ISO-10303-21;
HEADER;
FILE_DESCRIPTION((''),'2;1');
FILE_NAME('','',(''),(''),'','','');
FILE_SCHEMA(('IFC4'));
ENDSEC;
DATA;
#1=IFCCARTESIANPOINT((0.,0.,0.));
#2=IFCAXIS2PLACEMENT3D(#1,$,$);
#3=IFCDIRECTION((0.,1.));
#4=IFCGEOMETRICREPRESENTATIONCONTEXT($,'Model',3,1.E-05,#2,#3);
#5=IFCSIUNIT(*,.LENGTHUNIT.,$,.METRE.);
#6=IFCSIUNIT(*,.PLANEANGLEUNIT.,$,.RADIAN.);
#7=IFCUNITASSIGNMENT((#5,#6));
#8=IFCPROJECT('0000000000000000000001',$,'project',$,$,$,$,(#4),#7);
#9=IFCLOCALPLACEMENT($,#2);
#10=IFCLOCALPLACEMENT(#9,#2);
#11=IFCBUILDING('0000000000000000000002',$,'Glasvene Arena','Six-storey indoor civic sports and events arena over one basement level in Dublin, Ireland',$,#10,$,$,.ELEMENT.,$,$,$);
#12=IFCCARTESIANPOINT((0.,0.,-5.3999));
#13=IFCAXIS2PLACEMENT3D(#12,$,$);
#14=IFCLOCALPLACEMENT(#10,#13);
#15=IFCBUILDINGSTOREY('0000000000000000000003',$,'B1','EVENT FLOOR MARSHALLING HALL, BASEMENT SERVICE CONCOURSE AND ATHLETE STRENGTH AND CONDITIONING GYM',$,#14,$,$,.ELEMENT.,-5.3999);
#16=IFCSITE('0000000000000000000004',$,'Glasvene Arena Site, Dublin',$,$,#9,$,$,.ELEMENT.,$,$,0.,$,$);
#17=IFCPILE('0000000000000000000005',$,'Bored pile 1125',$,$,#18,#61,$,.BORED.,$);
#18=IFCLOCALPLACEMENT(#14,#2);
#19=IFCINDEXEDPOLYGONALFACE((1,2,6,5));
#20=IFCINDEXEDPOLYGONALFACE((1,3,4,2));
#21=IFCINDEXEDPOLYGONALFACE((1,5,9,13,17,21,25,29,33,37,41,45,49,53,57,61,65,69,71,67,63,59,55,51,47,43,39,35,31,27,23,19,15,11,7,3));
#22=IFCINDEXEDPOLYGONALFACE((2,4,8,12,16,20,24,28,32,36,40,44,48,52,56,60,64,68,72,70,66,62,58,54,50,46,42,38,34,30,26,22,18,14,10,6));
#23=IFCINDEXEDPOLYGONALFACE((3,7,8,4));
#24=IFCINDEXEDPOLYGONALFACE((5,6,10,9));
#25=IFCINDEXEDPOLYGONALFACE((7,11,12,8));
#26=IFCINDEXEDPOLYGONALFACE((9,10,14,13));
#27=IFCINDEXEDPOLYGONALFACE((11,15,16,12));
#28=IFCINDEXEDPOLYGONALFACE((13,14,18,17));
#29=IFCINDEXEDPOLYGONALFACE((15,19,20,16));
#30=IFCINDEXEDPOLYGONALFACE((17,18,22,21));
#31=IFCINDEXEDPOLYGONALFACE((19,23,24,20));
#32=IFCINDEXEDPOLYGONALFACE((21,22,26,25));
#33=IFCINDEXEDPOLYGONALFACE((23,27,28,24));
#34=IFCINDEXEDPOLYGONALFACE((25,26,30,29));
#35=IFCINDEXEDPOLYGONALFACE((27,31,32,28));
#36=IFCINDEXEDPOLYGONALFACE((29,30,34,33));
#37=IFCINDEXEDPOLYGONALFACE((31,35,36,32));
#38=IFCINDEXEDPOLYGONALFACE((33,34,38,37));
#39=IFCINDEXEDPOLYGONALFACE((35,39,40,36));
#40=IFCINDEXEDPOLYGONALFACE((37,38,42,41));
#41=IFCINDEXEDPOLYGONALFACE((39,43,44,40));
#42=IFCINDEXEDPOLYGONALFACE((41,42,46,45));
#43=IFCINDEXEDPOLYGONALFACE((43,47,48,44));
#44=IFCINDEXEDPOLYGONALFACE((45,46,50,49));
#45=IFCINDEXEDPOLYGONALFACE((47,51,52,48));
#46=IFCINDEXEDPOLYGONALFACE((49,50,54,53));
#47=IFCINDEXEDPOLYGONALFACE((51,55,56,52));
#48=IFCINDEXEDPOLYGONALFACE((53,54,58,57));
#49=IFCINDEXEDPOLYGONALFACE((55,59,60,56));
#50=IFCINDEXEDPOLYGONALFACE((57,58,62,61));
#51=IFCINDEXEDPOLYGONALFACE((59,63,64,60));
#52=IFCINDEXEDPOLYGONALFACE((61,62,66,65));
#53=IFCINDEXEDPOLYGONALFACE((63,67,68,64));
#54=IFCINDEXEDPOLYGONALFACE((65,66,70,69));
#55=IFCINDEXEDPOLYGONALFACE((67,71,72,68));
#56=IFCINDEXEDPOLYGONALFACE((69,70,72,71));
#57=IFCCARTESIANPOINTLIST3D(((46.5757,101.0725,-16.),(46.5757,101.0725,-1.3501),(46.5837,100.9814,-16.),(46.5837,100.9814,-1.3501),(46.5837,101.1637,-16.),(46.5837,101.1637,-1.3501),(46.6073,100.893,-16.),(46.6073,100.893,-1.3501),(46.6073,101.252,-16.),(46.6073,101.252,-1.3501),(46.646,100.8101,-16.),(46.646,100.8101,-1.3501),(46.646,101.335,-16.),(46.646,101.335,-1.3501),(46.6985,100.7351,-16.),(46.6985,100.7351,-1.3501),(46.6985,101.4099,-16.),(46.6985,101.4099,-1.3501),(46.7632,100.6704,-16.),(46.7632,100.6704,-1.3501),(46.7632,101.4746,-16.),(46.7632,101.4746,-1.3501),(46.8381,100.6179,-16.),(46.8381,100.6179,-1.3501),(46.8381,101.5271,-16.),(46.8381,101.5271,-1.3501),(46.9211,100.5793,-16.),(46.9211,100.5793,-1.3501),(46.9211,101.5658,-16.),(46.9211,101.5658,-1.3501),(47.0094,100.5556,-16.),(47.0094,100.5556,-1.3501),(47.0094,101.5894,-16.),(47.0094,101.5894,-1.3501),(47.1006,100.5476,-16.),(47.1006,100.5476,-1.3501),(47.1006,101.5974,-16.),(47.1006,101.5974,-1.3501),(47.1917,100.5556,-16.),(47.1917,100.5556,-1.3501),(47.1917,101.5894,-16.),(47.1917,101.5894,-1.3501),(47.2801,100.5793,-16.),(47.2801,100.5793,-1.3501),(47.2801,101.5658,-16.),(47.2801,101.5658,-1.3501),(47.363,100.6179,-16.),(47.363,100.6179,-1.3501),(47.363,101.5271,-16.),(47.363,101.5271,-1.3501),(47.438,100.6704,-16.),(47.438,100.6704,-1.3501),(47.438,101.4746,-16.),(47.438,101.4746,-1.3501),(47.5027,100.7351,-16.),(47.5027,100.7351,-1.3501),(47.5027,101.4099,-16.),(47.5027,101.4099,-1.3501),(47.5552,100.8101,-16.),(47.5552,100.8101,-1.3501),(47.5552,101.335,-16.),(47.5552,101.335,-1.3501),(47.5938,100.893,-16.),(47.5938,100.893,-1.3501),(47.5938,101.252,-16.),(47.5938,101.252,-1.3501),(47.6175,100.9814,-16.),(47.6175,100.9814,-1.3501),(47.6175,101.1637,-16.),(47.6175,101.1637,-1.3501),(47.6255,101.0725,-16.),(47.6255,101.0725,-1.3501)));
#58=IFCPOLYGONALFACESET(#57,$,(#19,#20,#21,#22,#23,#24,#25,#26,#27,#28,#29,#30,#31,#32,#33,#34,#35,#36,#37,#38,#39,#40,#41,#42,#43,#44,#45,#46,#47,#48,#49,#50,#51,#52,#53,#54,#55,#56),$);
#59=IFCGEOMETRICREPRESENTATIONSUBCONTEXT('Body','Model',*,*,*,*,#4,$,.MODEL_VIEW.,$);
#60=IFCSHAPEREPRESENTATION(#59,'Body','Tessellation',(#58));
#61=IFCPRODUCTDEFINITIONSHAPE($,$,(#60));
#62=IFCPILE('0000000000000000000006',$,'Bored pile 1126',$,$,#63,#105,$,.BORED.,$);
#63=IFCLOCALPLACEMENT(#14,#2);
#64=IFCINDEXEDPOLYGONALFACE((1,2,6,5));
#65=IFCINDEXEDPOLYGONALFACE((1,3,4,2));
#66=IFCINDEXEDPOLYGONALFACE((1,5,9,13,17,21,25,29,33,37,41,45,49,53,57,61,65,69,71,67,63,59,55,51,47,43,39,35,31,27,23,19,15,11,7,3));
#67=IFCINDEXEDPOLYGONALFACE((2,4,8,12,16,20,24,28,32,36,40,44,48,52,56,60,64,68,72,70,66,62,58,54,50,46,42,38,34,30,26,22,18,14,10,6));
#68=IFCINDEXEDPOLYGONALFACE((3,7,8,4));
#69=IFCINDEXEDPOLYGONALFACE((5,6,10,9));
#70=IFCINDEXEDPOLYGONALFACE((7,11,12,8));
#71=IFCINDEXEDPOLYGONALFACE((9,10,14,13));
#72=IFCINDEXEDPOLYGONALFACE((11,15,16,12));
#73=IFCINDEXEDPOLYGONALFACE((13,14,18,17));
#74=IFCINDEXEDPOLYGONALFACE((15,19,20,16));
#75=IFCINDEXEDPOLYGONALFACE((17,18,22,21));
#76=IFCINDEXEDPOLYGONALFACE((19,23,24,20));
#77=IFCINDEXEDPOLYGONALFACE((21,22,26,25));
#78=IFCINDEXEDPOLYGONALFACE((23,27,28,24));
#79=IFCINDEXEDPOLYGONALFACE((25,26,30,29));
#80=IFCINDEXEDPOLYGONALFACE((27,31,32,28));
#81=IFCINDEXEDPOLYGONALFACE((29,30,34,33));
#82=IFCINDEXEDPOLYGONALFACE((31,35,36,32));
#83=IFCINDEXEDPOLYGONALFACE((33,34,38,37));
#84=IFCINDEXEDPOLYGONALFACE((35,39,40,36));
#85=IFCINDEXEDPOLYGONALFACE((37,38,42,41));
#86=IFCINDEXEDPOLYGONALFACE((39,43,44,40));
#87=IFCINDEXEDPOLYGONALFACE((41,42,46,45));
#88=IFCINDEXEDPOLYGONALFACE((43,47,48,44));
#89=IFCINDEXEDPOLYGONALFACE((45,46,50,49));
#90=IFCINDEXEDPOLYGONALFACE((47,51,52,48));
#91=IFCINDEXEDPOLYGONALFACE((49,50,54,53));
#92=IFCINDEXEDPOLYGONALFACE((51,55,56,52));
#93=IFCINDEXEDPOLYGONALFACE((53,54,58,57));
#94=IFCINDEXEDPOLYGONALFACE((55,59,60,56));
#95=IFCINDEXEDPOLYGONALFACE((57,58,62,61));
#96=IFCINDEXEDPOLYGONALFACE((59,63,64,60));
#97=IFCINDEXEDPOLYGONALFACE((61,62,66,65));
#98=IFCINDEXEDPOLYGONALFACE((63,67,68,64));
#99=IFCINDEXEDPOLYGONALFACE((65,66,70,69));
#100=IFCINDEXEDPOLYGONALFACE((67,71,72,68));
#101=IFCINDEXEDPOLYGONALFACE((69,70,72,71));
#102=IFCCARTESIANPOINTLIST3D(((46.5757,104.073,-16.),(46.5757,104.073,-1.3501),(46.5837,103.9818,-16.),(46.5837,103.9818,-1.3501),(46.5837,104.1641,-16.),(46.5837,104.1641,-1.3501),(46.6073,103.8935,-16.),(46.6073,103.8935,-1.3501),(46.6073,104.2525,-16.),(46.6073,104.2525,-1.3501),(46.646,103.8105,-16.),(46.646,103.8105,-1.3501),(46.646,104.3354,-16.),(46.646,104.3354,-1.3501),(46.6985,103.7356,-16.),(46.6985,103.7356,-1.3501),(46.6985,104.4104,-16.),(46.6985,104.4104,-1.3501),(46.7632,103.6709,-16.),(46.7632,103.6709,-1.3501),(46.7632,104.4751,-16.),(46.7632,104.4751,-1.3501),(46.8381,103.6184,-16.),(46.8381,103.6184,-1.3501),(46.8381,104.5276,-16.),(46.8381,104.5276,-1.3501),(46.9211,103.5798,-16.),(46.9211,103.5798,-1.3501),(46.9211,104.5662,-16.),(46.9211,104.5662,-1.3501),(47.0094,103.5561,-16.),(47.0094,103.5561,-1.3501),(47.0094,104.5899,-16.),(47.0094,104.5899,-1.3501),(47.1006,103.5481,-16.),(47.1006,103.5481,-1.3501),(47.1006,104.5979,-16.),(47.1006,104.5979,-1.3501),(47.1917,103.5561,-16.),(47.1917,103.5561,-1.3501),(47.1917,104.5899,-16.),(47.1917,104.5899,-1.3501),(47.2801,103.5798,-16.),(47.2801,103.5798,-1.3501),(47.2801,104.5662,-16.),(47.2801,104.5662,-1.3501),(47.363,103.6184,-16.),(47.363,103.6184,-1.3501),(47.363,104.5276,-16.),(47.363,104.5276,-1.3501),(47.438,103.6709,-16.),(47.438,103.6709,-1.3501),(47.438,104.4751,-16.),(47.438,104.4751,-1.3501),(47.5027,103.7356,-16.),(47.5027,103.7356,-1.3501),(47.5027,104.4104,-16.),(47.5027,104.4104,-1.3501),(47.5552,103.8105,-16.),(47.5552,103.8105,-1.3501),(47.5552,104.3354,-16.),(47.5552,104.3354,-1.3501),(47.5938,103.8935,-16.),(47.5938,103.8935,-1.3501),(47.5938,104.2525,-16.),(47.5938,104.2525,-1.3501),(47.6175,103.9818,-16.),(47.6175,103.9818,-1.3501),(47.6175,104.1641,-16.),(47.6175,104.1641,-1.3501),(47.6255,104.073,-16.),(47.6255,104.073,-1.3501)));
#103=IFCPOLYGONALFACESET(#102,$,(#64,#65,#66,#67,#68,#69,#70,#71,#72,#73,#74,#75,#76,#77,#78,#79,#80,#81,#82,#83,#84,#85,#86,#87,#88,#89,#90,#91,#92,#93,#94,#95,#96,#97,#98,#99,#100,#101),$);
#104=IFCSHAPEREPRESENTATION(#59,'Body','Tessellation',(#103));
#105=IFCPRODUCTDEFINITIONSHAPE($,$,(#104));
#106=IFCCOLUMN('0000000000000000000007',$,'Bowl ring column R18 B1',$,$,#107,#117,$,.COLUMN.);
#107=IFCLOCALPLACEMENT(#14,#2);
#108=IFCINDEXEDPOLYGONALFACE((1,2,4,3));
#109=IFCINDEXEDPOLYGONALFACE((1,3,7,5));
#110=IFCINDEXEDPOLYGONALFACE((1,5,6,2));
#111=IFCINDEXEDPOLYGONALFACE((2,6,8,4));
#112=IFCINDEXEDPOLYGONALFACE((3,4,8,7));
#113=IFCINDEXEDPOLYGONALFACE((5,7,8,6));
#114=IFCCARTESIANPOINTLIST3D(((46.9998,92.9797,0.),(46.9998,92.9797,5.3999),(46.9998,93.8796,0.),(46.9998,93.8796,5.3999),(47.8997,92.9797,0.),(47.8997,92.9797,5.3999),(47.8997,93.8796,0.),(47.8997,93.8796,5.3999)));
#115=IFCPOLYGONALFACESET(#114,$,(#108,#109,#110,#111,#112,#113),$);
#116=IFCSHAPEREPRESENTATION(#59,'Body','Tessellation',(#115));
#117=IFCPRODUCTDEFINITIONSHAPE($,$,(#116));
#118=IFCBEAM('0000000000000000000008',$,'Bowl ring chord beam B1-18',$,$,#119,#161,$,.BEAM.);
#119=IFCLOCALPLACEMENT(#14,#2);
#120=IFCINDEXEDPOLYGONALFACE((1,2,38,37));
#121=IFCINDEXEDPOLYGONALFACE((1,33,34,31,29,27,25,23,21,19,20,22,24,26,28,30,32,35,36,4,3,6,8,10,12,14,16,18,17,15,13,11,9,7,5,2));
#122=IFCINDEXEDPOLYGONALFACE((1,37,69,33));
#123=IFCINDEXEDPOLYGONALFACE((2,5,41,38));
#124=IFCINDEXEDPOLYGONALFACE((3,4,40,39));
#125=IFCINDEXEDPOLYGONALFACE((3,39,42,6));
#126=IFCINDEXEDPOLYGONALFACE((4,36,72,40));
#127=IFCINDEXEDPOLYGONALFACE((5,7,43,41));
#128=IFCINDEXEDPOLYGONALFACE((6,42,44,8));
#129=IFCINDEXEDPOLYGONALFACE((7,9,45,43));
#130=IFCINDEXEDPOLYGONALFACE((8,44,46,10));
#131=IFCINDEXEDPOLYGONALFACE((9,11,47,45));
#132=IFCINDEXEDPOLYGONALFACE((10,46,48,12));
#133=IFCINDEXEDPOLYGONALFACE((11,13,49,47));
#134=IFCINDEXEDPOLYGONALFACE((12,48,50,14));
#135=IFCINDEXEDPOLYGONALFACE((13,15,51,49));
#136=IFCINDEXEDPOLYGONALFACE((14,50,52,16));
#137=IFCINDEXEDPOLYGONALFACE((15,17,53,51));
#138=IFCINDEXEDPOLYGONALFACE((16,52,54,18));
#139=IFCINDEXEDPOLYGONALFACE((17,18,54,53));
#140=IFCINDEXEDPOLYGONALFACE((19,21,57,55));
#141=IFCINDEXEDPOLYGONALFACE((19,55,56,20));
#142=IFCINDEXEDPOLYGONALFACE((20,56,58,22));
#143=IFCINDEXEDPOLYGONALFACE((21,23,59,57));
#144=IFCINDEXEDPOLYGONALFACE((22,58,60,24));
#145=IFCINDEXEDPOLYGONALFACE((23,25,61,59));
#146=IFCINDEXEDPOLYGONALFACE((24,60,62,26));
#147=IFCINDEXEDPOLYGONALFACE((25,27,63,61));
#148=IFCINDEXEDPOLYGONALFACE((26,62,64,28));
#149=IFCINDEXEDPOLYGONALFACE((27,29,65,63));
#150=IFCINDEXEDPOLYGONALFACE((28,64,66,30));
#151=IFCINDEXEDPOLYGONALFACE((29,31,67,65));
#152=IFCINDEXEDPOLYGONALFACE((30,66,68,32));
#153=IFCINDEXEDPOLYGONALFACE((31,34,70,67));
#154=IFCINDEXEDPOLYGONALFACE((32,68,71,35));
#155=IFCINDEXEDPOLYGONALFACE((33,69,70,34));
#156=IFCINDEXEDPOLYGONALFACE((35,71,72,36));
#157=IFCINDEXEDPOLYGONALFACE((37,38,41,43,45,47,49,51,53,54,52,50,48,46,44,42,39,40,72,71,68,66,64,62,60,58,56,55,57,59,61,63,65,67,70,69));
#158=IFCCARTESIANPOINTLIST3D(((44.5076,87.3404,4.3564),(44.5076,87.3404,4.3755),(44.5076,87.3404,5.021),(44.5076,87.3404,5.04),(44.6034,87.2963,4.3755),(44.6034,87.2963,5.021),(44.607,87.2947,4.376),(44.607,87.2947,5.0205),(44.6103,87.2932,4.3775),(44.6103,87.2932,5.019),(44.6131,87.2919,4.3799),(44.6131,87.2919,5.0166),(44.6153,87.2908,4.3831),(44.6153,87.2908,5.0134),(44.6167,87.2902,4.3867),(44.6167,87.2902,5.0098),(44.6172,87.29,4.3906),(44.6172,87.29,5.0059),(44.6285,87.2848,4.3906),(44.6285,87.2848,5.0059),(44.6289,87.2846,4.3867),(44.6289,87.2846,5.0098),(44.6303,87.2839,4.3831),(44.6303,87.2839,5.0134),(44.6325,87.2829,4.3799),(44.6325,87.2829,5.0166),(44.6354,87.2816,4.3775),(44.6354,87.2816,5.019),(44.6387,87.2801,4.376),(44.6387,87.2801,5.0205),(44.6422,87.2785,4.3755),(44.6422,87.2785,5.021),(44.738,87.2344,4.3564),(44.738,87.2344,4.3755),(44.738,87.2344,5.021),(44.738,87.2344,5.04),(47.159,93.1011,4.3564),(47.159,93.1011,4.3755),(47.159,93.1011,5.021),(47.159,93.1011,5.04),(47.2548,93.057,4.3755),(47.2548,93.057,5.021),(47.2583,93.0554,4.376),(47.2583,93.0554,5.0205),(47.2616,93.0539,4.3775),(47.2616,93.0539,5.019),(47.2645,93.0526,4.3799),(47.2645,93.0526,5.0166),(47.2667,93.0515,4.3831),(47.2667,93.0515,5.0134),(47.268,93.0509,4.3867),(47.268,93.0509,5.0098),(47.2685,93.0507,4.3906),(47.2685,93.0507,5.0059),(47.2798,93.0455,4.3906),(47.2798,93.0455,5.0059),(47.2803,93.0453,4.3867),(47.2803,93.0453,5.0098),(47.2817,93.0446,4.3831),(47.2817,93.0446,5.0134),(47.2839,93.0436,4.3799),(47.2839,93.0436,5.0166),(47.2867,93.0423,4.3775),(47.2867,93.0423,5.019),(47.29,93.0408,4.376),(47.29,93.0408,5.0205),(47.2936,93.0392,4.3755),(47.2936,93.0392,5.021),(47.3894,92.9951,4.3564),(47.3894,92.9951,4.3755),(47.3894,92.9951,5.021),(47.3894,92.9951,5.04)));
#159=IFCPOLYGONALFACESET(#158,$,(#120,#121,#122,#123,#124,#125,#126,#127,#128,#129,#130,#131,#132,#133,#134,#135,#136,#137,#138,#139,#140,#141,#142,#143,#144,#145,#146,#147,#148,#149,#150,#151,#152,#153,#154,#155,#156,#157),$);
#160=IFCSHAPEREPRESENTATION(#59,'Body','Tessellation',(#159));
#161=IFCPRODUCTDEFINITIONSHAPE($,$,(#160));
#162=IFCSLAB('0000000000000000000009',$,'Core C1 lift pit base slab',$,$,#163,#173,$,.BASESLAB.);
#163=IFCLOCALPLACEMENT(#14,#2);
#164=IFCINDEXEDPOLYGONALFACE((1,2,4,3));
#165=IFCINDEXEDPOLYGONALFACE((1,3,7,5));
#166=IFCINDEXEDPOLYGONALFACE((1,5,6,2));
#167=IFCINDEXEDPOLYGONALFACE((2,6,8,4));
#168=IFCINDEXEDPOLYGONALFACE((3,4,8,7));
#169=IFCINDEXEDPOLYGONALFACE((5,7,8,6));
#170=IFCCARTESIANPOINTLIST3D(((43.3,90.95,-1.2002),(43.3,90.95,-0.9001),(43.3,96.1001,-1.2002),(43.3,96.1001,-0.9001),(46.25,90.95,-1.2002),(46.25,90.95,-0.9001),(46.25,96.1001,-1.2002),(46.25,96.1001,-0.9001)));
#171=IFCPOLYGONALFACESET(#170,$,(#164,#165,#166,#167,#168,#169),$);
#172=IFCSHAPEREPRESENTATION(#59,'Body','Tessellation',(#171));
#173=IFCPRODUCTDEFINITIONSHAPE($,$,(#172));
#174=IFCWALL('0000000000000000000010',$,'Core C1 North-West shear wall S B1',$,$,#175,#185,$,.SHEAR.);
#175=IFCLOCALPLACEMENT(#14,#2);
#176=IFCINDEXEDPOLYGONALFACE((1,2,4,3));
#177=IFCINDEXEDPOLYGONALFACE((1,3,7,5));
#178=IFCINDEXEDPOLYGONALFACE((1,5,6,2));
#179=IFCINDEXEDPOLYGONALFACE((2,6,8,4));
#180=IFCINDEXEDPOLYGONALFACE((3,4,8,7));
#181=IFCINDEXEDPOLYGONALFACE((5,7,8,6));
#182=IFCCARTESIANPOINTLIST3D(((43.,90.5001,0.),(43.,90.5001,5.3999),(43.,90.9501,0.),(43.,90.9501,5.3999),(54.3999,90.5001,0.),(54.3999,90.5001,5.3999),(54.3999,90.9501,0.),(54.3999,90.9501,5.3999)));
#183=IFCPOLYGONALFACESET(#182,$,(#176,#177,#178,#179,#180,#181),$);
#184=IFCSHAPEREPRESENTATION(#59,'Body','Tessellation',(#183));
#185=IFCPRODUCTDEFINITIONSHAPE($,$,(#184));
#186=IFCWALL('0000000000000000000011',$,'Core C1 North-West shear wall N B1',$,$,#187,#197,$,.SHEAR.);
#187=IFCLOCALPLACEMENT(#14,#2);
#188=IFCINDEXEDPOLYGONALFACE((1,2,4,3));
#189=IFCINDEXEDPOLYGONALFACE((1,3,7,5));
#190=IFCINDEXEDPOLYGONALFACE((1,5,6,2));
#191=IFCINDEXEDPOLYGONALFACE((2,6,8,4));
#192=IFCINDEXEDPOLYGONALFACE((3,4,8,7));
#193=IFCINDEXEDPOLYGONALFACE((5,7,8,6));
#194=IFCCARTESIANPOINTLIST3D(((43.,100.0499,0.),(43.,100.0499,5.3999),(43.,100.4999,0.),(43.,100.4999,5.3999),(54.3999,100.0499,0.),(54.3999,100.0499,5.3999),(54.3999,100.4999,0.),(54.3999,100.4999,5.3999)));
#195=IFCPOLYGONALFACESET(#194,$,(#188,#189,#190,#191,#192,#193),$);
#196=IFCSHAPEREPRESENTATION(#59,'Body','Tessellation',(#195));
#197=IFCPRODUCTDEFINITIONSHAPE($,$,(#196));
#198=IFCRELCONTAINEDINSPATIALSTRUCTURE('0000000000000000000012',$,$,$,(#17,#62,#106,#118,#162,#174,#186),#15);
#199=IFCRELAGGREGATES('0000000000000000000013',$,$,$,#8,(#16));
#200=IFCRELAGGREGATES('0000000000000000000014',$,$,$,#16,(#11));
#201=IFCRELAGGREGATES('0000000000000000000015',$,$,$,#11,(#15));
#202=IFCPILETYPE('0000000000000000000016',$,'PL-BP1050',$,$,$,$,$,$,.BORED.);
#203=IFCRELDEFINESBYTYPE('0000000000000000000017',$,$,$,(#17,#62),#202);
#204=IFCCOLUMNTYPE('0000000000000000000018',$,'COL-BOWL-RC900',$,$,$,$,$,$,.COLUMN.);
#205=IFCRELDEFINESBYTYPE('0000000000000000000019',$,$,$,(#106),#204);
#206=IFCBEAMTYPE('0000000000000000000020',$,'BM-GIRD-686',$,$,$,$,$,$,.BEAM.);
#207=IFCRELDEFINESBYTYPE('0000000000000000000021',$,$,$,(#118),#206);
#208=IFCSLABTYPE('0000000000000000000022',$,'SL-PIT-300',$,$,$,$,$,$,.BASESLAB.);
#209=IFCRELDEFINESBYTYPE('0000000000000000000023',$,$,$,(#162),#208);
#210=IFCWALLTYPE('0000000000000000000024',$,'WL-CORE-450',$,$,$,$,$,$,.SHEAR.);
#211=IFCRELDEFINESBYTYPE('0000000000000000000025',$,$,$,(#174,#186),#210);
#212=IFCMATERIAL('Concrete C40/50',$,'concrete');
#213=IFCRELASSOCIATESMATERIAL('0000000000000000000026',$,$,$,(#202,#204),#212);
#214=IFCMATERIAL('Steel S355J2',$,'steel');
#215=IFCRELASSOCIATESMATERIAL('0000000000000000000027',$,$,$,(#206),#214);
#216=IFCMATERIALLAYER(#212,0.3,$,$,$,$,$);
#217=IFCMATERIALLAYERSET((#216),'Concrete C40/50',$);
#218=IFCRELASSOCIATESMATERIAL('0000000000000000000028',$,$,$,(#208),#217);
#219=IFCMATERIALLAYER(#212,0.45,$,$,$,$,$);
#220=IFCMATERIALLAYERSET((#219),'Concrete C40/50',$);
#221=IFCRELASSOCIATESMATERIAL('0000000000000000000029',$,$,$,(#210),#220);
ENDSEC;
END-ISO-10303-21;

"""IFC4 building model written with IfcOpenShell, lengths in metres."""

from ifc_helpers import new_model, si_unit, direction, frame, frame_2d, origin, origin_2d, place, context, subcontext, project, spatial, polyline, rectangle, circle, i_section, outline, extrude, material, layer, layer_set, material_profile, profile_set, type_object, element, save


model = new_model("IFC4")

# Units and contexts
model_context = context("Model", 3, precision=1e-05, world=origin(), true_north=direction((0.0, 1.0)))
body_context = subcontext(model_context, "Body", "Model", "MODEL_VIEW")
ifc_project = project(units=[si_unit("LENGTHUNIT", "METRE"), si_unit("PLANEANGLEUNIT", "RADIAN")], contexts=[model_context])

# Site, building, storey
site_placement = place(None, origin())
site = spatial("IfcSite", under=ifc_project, at=site_placement, Name="Glasvene Arena Site, Dublin", CompositionType="ELEMENT", RefElevation=0.0)
building_placement = place(site_placement, origin())
building = spatial("IfcBuilding", under=site, at=building_placement, Name="Glasvene Arena", Description="Six-storey indoor civic sports and events arena over one basement level in Dublin, Ireland", CompositionType="ELEMENT")
storey_placement = place(building_placement, frame((0.0, 0.0, -5.3999)))
storey = spatial("IfcBuildingStorey", under=building, at=storey_placement, Name="B1", Description="EVENT FLOOR MARSHALLING HALL, BASEMENT SERVICE CONCOURSE AND ATHLETE STRENGTH AND CONDITIONING GYM", CompositionType="ELEMENT", Elevation=-5.3999)

# Piles
ifc_material_1 = material(Name="Concrete C40/50", Category="concrete")
ifc_material_profile_1 = material_profile(ifc_material_1, circle(Radius=0.5249, at=origin_2d()), Name="BORED PILE 1050")
ifc_profile_set_1 = profile_set([ifc_material_profile_1], Name="Concrete C40/50")
pile_type = type_object("IfcPileType", Name="PL-BP1050", PredefinedType="BORED", material=ifc_profile_set_1)
for number, where, z_axis, x_axis, name in (
    (1, (47.1006, 101.0725, -1.3501), (0.0, 0.0, -1.0), (1.0, 0.0, 0.0), "Bored pile 1125"),
    (2, (47.1006, 104.073, -1.3501), (0.0, 0.0, -1.0), (1.0, 0.0, 0.0), "Bored pile 1126"),
):
    element("IfcPile", number, at=place(storey_placement, frame(where, z_axis=z_axis, x_axis=x_axis)), inside=storey, type_object=pile_type, Name=name, PredefinedType="BORED", context=body_context, shape_type="SweptSolid", body=[
        extrude(circle(Radius=0.5249, at=origin_2d()), origin(), (0.0, 0.0, 1.0), 14.6499),
    ])

# Column
ifc_material_profile_2 = material_profile(ifc_material_1, rectangle(XDim=0.8999, YDim=0.8999, at=origin_2d()), Name="RC 900x900")
ifc_profile_set_2 = profile_set([ifc_material_profile_2], Name="Concrete C40/50")
column_type = type_object("IfcColumnType", Name="COL-BOWL-RC900", PredefinedType="COLUMN", material=ifc_profile_set_2)
column_placement = place(storey_placement, frame((47.4497, 93.4297, 0.0), z_axis=(0.0, 0.0, 1.0), x_axis=(1.0, 0.0, 0.0)))
element("IfcColumn", 3, at=column_placement, inside=storey, type_object=column_type, Name="Bowl ring column R18 B1", PredefinedType="COLUMN", context=body_context, shape_type="SweptSolid", body=[
    extrude(rectangle(XDim=0.8999, YDim=0.8999, at=origin_2d()), origin(), (0.0, 0.0, 1.0), 5.3999),
])

# Beam
ifc_material_2 = material(Name="Steel S355J2", Category="steel")
ifc_material_profile_3 = material_profile(ifc_material_2, i_section(OverallWidth=0.2537, OverallDepth=0.6836, WebThickness=0.0125, FlangeThickness=0.019, FilletRadius=0.0151, at=origin_2d()), Name="UKB 686x254x140")
ifc_profile_set_3 = profile_set([ifc_material_profile_3], Name="Steel S355J2")
beam_type = type_object("IfcBeamType", Name="BM-GIRD-686", PredefinedType="BEAM", material=ifc_profile_set_3)
beam_placement = place(storey_placement, frame((47.2742, 93.0481, 4.6982), z_axis=(-0.418091, -0.908405, 0.0), x_axis=(0.908405, -0.418091, 0.0)))
element("IfcBeam", 4, at=beam_placement, inside=storey, type_object=beam_type, Name="Bowl ring chord beam B1-18", PredefinedType="BEAM", context=body_context, shape_type="SweptSolid", body=[
    extrude(i_section(OverallWidth=0.2537, OverallDepth=0.6836, WebThickness=0.0125, FlangeThickness=0.019, FilletRadius=0.0151, at=origin_2d()), origin(), (0.0, 0.0, 1.0), 6.3416),
])

# Slab
ifc_layer_1 = layer(ifc_material_1, 0.3)
ifc_layer_set_1 = layer_set([ifc_layer_1], Name="Concrete C40/50")
slab_type = type_object("IfcSlabType", Name="SL-PIT-300", PredefinedType="BASESLAB", material=ifc_layer_set_1)
slab_placement = place(storey_placement, frame((44.7749, 93.5249, -1.2002)))
element("IfcSlab", 5, at=slab_placement, inside=storey, type_object=slab_type, Name="Core C1 lift pit base slab", PredefinedType="BASESLAB", context=body_context, shape_type="SweptSolid", body=[
    extrude(outline(polyline([(-1.4749, -2.575), (1.4751, -2.575), (1.4751, 2.5752), (-1.4749, 2.5752), (-1.4749, -2.575)])), origin(), (0.0, 0.0, 1.0), 0.3),
])

# Walls
ifc_layer_2 = layer(ifc_material_1, 0.45)
ifc_layer_set_2 = layer_set([ifc_layer_2], Name="Concrete C40/50")
wall_type_1 = type_object("IfcWallType", Name="WL-CORE-450", PredefinedType="SHEAR", material=ifc_layer_set_2)
for number, where, z_axis, x_axis, name in (
    (6, (43.0, 90.7251, 0.0), (0.0, 0.0, 1.0), (1.0, 0.0, 0.0), "Core C1 North-West shear wall S B1"),
    (7, (43.0, 100.2749, 0.0), (0.0, 0.0, 1.0), (1.0, 0.0, 0.0), "Core C1 North-West shear wall N B1"),
):
    element("IfcWall", number, at=place(storey_placement, frame(where, z_axis=z_axis, x_axis=x_axis)), inside=storey, type_object=wall_type_1, Name=name, PredefinedType="SHEAR", context=body_context, shape_type="SweptSolid", body=[
        extrude(rectangle(XDim=11.3999, YDim=0.45, at=frame_2d((5.7, 0.0))), origin(), (0.0, 0.0, 1.0), 5.3999),
    ])

save(model, "model.ifc")
